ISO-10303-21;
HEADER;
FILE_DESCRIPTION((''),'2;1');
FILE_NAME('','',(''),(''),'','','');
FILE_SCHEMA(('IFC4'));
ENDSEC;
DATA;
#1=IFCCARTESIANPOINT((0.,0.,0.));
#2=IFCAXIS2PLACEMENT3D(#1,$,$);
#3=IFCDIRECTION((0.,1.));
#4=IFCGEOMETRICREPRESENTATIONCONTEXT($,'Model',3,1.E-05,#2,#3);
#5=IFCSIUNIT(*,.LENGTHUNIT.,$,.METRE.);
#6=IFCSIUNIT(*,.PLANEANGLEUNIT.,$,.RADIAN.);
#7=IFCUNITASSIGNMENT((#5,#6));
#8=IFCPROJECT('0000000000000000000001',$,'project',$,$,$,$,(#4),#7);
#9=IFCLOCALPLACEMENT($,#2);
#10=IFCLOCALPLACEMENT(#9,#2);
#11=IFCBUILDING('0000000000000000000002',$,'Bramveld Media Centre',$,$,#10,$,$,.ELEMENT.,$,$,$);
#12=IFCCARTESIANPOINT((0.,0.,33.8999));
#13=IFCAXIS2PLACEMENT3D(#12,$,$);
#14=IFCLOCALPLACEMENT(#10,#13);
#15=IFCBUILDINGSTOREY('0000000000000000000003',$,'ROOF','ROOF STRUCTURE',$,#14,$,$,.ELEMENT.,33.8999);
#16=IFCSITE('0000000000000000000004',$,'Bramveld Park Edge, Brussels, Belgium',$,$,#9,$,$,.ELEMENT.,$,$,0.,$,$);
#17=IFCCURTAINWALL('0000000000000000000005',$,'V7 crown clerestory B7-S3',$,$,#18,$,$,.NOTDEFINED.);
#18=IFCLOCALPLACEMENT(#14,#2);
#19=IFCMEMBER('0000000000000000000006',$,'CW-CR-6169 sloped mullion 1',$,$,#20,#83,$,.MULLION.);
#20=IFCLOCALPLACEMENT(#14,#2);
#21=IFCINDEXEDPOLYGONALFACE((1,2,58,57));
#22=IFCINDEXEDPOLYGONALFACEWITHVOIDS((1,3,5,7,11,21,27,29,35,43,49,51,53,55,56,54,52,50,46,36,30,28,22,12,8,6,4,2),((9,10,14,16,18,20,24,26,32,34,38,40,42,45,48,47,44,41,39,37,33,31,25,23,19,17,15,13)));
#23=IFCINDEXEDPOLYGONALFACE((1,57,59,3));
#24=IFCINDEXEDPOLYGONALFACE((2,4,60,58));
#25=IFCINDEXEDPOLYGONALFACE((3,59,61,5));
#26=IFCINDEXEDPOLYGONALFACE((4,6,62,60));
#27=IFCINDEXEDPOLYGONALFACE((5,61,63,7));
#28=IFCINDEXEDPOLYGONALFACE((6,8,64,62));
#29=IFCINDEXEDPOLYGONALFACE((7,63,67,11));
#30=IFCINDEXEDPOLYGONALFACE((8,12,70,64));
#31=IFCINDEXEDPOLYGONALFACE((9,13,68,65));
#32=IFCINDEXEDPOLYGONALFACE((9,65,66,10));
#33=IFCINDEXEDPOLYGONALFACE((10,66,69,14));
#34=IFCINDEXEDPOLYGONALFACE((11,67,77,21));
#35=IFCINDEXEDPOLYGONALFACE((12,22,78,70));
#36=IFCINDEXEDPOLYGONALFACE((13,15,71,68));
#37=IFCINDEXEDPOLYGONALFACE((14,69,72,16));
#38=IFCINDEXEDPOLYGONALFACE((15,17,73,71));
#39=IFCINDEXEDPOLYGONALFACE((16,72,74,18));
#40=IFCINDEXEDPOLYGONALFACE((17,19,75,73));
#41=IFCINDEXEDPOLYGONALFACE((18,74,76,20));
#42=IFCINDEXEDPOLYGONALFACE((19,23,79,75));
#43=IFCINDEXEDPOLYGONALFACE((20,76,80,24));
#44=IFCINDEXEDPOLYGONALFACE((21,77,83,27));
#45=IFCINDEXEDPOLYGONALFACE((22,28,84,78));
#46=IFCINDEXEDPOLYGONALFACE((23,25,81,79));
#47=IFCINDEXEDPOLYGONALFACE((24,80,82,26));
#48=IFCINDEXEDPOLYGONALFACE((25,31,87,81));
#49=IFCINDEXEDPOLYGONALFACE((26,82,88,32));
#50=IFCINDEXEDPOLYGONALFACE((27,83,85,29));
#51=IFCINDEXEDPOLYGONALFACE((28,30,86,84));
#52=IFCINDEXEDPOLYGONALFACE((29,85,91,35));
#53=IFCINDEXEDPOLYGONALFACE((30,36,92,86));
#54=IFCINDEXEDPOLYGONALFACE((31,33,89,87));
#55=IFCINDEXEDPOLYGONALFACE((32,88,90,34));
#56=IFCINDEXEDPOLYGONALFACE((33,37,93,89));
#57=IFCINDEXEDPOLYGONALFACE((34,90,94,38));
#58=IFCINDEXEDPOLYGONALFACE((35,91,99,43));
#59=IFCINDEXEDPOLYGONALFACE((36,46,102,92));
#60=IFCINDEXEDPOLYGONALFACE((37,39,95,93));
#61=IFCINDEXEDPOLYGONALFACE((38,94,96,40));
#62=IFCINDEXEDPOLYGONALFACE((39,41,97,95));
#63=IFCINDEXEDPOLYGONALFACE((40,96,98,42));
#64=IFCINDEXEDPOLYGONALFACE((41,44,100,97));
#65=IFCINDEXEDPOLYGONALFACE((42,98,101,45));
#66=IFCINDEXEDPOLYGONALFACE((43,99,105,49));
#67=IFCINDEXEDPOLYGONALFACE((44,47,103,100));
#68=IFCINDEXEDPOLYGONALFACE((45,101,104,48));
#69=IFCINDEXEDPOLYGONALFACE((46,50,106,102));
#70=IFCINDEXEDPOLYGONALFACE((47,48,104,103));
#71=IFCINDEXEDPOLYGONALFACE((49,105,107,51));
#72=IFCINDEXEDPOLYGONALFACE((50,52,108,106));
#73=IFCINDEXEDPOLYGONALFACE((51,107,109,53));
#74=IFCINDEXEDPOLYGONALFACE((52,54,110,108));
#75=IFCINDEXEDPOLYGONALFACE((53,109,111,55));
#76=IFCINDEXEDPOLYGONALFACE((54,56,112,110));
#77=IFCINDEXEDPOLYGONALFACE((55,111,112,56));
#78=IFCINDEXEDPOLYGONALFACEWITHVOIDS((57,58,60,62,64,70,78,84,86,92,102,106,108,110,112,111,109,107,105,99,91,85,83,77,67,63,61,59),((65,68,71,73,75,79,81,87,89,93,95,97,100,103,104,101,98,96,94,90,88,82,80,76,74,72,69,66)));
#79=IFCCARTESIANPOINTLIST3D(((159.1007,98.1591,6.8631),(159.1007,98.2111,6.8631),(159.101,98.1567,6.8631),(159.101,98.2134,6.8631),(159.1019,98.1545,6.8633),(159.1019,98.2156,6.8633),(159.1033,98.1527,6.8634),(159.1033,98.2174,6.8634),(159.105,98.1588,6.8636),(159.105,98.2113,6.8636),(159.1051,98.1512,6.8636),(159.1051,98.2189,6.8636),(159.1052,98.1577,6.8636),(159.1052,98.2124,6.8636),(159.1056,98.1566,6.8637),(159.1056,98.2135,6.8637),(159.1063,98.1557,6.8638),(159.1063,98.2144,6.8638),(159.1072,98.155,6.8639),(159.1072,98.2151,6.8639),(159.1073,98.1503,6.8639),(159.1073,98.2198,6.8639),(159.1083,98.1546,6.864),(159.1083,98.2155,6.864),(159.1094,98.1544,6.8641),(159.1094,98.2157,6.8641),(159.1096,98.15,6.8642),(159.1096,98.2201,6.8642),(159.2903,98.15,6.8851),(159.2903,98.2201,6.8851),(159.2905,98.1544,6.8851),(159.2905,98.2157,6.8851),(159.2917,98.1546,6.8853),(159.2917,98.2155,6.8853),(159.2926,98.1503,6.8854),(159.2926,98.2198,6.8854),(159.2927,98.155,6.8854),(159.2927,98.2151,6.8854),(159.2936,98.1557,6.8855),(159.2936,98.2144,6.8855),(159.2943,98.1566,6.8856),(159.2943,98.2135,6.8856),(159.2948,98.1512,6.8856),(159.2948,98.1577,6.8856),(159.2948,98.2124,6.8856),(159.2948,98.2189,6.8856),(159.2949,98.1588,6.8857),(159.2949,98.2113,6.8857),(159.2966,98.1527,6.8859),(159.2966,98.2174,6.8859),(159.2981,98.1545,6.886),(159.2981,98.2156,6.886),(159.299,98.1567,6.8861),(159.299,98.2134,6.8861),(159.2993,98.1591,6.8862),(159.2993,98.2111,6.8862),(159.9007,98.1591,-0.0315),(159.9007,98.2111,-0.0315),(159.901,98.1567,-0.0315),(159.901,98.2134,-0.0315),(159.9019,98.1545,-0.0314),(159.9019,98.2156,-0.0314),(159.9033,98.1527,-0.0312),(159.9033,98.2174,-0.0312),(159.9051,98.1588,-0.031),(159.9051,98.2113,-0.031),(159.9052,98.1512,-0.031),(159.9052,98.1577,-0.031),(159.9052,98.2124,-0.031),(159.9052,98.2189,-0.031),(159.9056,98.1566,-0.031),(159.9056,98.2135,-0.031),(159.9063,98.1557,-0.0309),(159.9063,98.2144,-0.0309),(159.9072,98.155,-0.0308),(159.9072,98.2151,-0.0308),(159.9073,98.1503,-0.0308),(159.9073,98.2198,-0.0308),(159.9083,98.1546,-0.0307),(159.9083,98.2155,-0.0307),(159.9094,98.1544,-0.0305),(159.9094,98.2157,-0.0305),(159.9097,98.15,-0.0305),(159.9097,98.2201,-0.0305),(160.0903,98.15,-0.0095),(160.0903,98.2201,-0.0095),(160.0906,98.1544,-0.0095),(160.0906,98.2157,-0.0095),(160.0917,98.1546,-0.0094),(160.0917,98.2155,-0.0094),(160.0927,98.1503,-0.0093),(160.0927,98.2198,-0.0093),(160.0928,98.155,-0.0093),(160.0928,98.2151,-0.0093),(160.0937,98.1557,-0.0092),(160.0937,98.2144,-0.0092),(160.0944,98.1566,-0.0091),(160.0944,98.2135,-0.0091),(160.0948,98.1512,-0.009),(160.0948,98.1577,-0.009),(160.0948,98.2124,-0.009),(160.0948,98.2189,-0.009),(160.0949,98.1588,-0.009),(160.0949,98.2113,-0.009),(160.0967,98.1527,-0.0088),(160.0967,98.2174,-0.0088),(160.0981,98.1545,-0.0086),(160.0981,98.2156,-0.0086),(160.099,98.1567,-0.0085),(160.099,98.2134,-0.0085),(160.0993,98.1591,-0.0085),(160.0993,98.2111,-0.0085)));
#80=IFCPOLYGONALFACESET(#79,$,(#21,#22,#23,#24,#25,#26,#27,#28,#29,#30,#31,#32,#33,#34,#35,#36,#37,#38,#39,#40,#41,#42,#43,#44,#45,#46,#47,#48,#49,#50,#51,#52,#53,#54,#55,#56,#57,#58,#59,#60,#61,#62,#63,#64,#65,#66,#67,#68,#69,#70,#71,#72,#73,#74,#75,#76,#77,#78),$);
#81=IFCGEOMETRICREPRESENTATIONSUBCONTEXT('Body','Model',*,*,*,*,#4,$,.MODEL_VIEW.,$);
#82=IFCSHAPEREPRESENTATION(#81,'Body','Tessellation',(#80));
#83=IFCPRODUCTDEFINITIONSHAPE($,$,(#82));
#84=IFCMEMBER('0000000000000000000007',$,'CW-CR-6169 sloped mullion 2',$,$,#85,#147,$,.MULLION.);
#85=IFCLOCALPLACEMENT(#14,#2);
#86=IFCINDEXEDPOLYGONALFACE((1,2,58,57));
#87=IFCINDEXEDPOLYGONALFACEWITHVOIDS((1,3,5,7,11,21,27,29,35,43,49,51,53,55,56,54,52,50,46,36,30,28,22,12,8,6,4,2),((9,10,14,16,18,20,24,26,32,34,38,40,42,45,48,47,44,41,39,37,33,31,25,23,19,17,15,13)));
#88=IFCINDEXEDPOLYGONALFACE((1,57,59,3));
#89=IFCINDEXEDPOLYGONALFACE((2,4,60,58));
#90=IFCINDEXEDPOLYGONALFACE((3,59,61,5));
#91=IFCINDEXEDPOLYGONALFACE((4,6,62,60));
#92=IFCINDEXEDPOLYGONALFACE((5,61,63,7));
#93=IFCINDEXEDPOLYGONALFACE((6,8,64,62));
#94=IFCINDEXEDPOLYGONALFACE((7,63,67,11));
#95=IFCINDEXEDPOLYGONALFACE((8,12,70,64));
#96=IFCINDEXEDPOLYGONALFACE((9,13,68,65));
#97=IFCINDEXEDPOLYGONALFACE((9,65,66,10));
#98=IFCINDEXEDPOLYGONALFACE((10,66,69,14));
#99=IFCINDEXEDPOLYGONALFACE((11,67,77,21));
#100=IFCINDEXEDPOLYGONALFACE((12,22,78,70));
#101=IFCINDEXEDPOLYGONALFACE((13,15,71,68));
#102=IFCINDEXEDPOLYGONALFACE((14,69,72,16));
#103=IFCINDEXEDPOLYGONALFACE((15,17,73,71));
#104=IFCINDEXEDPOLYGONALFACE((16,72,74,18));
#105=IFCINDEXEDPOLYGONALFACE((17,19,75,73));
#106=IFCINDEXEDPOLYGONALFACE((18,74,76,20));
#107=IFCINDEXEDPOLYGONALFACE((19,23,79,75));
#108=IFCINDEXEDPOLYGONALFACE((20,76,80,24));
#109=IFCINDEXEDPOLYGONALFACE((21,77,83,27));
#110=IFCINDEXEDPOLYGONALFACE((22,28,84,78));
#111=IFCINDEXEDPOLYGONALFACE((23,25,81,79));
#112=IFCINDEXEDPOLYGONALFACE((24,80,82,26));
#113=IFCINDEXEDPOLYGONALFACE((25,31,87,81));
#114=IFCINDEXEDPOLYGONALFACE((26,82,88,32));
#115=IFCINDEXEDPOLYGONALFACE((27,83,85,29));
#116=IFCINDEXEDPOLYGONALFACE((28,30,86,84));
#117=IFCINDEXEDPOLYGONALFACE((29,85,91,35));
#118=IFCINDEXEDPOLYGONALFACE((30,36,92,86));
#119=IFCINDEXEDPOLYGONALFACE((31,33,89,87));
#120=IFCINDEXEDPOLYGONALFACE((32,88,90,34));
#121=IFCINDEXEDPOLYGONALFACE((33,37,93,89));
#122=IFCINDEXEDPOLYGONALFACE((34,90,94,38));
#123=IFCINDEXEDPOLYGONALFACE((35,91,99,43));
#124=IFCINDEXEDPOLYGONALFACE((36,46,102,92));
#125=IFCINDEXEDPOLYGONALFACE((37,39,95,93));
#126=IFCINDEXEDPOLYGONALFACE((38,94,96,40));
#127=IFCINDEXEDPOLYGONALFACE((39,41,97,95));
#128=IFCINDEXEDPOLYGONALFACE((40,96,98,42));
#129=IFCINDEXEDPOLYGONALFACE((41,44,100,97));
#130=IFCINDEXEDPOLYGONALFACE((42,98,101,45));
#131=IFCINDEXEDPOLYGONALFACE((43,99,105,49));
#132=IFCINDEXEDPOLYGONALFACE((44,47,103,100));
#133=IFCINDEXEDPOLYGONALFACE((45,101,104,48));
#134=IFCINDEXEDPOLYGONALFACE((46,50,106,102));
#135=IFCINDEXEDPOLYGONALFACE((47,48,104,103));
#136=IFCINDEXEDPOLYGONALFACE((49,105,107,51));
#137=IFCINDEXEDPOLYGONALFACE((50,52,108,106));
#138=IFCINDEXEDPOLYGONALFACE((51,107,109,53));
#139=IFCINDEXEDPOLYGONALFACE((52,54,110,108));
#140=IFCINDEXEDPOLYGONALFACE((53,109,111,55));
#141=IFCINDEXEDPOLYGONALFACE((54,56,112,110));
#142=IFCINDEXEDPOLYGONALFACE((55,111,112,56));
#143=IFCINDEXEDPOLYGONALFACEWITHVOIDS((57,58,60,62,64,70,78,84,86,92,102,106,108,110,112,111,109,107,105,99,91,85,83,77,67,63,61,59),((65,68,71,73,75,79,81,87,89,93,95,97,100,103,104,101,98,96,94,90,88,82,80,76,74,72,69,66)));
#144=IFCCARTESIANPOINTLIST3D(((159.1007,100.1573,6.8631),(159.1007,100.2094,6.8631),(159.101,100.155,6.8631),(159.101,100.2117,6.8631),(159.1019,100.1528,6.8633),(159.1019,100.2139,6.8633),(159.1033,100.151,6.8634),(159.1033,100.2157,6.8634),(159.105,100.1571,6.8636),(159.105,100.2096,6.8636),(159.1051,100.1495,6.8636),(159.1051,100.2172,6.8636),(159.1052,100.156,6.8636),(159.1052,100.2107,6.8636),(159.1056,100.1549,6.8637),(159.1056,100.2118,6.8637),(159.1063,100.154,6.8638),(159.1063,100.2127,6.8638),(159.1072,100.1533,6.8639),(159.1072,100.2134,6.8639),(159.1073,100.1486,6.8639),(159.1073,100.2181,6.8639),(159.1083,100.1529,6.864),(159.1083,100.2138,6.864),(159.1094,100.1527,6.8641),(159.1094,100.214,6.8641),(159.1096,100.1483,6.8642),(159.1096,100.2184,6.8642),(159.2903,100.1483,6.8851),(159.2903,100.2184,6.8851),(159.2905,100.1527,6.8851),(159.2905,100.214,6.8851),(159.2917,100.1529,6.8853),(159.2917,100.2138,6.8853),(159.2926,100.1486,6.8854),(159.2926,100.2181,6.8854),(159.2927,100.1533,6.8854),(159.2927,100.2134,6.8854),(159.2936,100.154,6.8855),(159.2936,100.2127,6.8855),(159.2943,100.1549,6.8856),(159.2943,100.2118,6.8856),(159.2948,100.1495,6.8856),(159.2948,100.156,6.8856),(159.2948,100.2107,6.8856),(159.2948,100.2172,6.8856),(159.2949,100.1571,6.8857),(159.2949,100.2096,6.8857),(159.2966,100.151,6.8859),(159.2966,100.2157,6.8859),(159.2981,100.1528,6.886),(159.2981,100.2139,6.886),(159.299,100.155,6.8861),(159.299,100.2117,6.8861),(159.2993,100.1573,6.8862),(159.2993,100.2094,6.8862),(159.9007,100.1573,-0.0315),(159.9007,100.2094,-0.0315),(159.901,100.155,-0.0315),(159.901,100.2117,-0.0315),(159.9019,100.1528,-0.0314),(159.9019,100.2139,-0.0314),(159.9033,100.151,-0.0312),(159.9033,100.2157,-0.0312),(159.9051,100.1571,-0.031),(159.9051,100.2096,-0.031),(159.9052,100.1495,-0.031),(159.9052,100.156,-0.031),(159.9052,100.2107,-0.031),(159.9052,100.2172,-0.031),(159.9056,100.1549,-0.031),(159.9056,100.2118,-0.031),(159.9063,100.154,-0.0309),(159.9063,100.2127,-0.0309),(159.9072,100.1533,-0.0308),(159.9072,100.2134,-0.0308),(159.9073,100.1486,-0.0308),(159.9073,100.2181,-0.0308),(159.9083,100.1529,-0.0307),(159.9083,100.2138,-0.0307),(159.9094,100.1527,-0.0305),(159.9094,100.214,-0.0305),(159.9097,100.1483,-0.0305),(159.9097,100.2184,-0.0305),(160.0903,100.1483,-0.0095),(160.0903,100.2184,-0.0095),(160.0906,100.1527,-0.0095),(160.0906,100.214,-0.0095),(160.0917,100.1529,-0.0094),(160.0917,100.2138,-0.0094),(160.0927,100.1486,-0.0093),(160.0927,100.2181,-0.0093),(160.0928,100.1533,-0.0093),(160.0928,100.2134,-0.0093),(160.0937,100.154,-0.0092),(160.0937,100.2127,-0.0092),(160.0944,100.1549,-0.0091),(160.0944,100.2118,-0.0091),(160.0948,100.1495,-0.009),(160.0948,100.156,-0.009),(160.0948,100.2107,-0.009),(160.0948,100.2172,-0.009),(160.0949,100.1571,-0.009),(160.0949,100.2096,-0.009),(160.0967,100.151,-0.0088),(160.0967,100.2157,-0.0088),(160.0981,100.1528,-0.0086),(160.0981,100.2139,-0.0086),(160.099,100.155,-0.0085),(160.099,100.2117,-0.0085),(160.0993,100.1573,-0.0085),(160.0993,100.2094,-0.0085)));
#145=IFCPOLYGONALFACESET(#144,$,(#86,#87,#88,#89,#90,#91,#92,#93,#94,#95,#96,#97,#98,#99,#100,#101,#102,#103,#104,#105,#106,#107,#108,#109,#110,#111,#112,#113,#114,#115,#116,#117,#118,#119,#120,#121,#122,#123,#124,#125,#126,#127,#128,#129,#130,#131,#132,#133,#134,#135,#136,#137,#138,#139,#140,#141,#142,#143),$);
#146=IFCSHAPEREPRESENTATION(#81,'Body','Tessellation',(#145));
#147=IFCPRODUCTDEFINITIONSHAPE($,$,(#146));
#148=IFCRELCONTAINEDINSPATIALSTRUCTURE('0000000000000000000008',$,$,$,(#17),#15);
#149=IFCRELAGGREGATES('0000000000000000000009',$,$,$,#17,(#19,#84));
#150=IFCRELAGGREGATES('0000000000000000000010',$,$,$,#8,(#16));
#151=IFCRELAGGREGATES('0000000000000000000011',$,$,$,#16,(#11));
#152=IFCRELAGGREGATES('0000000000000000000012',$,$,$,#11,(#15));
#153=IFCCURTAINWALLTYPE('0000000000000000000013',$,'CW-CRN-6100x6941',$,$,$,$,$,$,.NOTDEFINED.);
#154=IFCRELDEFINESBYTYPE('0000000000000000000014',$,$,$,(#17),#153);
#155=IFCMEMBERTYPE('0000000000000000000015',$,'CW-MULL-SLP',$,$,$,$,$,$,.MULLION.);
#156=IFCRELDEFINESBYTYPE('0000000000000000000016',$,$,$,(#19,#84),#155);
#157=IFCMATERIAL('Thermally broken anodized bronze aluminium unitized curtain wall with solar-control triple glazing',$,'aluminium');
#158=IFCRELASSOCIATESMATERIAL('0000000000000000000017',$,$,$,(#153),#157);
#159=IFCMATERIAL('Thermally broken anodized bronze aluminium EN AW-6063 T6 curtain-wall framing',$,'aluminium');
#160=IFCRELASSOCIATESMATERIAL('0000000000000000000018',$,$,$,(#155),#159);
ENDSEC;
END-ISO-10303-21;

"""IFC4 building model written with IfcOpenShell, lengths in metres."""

from ifc_helpers import new_model, si_unit, direction, frame, origin, origin_2d, place, context, subcontext, project, spatial, hollow_rectangle, extrude, material, material_profile, profile_set, type_object, element, aggregate, save


model = new_model("IFC4")

# Units and contexts
model_context = context("Model", 3, precision=1e-05, world=origin(), true_north=direction((0.0, 1.0)))
body_context = subcontext(model_context, "Body", "Model", "MODEL_VIEW")
ifc_project = project(units=[si_unit("LENGTHUNIT", "METRE"), si_unit("PLANEANGLEUNIT", "RADIAN")], contexts=[model_context])

# Site, building, storey
site_placement = place(None, origin())
site = spatial("IfcSite", under=ifc_project, at=site_placement, Name="Bramveld Park Edge, Brussels, Belgium", CompositionType="ELEMENT", RefElevation=0.0)
building_placement = place(site_placement, origin())
building = spatial("IfcBuilding", under=site, at=building_placement, Name="Bramveld Media Centre", CompositionType="ELEMENT")
storey_placement = place(building_placement, frame((0.0, 0.0, 33.8999)))
storey = spatial("IfcBuildingStorey", under=building, at=storey_placement, Name="ROOF", Description="ROOF STRUCTURE", CompositionType="ELEMENT", Elevation=33.8999)

# Curtain wall, members
ifc_material_1 = material(Name="Thermally broken anodized bronze aluminium unitized curtain wall with solar-control triple glazing", Category="aluminium")
curtain_wall_type = type_object("IfcCurtainWallType", Name="CW-CRN-6100x6941", PredefinedType="NOTDEFINED", material=ifc_material_1)
ifc_material_2 = material(Name="Thermally broken anodized bronze aluminium EN AW-6063 T6 curtain-wall framing", Category="aluminium")
ifc_material_profile_1 = material_profile(ifc_material_2, hollow_rectangle(XDim=0.0701, YDim=0.2, WallThickness=0.0044, InnerFilletRadius=0.0044, OuterFilletRadius=0.009, at=origin_2d()), Name="AL-MULL 70x200")
ifc_profile_set_1 = profile_set([ifc_material_profile_1], Name="Thermally broken anodized bronze aluminium EN AW-6063 T6 curtain-wall framing")
member_type_1 = type_object("IfcMemberType", Name="CW-MULL-SLP", PredefinedType="MULLION", material=ifc_profile_set_1)
curtain_wall_1_placement = place(storey_placement, origin())
curtain_wall_1 = element("IfcCurtainWall", 1, at=curtain_wall_1_placement, inside=storey, type_object=curtain_wall_type, Name="V7 crown clerestory B7-S3", PredefinedType="NOTDEFINED")
member_1_placement = place(storey_placement, frame((160.0, 98.1851, -0.02), z_axis=(-0.115264, 0.0, 0.993335), x_axis=(0.0, -1.0, 0.0)))
member_1 = element("IfcMember", 2, at=member_1_placement, type_object=member_type_1, Name="CW-CR-6169 sloped mullion 1", PredefinedType="MULLION", context=body_context, shape_type="SweptSolid", body=[
    extrude(hollow_rectangle(XDim=0.0701, YDim=0.2, WallThickness=0.0044, InnerFilletRadius=0.0044, OuterFilletRadius=0.009, at=origin_2d()), origin(), (0.0, 0.0, 1.0), 6.9409),
])
member_2_placement = place(storey_placement, frame((160.0, 100.1833, -0.02), z_axis=(-0.115264, 0.0, 0.993335), x_axis=(0.0, -1.0, 0.0)))
member_2 = element("IfcMember", 3, at=member_2_placement, type_object=member_type_1, Name="CW-CR-6169 sloped mullion 2", PredefinedType="MULLION", context=body_context, shape_type="SweptSolid", body=[
    extrude(hollow_rectangle(XDim=0.0701, YDim=0.2, WallThickness=0.0044, InnerFilletRadius=0.0044, OuterFilletRadius=0.009, at=origin_2d()), origin(), (0.0, 0.0, 1.0), 6.9409),
])

aggregate(curtain_wall_1, [member_1, member_2])

save(model, "model.ifc")
